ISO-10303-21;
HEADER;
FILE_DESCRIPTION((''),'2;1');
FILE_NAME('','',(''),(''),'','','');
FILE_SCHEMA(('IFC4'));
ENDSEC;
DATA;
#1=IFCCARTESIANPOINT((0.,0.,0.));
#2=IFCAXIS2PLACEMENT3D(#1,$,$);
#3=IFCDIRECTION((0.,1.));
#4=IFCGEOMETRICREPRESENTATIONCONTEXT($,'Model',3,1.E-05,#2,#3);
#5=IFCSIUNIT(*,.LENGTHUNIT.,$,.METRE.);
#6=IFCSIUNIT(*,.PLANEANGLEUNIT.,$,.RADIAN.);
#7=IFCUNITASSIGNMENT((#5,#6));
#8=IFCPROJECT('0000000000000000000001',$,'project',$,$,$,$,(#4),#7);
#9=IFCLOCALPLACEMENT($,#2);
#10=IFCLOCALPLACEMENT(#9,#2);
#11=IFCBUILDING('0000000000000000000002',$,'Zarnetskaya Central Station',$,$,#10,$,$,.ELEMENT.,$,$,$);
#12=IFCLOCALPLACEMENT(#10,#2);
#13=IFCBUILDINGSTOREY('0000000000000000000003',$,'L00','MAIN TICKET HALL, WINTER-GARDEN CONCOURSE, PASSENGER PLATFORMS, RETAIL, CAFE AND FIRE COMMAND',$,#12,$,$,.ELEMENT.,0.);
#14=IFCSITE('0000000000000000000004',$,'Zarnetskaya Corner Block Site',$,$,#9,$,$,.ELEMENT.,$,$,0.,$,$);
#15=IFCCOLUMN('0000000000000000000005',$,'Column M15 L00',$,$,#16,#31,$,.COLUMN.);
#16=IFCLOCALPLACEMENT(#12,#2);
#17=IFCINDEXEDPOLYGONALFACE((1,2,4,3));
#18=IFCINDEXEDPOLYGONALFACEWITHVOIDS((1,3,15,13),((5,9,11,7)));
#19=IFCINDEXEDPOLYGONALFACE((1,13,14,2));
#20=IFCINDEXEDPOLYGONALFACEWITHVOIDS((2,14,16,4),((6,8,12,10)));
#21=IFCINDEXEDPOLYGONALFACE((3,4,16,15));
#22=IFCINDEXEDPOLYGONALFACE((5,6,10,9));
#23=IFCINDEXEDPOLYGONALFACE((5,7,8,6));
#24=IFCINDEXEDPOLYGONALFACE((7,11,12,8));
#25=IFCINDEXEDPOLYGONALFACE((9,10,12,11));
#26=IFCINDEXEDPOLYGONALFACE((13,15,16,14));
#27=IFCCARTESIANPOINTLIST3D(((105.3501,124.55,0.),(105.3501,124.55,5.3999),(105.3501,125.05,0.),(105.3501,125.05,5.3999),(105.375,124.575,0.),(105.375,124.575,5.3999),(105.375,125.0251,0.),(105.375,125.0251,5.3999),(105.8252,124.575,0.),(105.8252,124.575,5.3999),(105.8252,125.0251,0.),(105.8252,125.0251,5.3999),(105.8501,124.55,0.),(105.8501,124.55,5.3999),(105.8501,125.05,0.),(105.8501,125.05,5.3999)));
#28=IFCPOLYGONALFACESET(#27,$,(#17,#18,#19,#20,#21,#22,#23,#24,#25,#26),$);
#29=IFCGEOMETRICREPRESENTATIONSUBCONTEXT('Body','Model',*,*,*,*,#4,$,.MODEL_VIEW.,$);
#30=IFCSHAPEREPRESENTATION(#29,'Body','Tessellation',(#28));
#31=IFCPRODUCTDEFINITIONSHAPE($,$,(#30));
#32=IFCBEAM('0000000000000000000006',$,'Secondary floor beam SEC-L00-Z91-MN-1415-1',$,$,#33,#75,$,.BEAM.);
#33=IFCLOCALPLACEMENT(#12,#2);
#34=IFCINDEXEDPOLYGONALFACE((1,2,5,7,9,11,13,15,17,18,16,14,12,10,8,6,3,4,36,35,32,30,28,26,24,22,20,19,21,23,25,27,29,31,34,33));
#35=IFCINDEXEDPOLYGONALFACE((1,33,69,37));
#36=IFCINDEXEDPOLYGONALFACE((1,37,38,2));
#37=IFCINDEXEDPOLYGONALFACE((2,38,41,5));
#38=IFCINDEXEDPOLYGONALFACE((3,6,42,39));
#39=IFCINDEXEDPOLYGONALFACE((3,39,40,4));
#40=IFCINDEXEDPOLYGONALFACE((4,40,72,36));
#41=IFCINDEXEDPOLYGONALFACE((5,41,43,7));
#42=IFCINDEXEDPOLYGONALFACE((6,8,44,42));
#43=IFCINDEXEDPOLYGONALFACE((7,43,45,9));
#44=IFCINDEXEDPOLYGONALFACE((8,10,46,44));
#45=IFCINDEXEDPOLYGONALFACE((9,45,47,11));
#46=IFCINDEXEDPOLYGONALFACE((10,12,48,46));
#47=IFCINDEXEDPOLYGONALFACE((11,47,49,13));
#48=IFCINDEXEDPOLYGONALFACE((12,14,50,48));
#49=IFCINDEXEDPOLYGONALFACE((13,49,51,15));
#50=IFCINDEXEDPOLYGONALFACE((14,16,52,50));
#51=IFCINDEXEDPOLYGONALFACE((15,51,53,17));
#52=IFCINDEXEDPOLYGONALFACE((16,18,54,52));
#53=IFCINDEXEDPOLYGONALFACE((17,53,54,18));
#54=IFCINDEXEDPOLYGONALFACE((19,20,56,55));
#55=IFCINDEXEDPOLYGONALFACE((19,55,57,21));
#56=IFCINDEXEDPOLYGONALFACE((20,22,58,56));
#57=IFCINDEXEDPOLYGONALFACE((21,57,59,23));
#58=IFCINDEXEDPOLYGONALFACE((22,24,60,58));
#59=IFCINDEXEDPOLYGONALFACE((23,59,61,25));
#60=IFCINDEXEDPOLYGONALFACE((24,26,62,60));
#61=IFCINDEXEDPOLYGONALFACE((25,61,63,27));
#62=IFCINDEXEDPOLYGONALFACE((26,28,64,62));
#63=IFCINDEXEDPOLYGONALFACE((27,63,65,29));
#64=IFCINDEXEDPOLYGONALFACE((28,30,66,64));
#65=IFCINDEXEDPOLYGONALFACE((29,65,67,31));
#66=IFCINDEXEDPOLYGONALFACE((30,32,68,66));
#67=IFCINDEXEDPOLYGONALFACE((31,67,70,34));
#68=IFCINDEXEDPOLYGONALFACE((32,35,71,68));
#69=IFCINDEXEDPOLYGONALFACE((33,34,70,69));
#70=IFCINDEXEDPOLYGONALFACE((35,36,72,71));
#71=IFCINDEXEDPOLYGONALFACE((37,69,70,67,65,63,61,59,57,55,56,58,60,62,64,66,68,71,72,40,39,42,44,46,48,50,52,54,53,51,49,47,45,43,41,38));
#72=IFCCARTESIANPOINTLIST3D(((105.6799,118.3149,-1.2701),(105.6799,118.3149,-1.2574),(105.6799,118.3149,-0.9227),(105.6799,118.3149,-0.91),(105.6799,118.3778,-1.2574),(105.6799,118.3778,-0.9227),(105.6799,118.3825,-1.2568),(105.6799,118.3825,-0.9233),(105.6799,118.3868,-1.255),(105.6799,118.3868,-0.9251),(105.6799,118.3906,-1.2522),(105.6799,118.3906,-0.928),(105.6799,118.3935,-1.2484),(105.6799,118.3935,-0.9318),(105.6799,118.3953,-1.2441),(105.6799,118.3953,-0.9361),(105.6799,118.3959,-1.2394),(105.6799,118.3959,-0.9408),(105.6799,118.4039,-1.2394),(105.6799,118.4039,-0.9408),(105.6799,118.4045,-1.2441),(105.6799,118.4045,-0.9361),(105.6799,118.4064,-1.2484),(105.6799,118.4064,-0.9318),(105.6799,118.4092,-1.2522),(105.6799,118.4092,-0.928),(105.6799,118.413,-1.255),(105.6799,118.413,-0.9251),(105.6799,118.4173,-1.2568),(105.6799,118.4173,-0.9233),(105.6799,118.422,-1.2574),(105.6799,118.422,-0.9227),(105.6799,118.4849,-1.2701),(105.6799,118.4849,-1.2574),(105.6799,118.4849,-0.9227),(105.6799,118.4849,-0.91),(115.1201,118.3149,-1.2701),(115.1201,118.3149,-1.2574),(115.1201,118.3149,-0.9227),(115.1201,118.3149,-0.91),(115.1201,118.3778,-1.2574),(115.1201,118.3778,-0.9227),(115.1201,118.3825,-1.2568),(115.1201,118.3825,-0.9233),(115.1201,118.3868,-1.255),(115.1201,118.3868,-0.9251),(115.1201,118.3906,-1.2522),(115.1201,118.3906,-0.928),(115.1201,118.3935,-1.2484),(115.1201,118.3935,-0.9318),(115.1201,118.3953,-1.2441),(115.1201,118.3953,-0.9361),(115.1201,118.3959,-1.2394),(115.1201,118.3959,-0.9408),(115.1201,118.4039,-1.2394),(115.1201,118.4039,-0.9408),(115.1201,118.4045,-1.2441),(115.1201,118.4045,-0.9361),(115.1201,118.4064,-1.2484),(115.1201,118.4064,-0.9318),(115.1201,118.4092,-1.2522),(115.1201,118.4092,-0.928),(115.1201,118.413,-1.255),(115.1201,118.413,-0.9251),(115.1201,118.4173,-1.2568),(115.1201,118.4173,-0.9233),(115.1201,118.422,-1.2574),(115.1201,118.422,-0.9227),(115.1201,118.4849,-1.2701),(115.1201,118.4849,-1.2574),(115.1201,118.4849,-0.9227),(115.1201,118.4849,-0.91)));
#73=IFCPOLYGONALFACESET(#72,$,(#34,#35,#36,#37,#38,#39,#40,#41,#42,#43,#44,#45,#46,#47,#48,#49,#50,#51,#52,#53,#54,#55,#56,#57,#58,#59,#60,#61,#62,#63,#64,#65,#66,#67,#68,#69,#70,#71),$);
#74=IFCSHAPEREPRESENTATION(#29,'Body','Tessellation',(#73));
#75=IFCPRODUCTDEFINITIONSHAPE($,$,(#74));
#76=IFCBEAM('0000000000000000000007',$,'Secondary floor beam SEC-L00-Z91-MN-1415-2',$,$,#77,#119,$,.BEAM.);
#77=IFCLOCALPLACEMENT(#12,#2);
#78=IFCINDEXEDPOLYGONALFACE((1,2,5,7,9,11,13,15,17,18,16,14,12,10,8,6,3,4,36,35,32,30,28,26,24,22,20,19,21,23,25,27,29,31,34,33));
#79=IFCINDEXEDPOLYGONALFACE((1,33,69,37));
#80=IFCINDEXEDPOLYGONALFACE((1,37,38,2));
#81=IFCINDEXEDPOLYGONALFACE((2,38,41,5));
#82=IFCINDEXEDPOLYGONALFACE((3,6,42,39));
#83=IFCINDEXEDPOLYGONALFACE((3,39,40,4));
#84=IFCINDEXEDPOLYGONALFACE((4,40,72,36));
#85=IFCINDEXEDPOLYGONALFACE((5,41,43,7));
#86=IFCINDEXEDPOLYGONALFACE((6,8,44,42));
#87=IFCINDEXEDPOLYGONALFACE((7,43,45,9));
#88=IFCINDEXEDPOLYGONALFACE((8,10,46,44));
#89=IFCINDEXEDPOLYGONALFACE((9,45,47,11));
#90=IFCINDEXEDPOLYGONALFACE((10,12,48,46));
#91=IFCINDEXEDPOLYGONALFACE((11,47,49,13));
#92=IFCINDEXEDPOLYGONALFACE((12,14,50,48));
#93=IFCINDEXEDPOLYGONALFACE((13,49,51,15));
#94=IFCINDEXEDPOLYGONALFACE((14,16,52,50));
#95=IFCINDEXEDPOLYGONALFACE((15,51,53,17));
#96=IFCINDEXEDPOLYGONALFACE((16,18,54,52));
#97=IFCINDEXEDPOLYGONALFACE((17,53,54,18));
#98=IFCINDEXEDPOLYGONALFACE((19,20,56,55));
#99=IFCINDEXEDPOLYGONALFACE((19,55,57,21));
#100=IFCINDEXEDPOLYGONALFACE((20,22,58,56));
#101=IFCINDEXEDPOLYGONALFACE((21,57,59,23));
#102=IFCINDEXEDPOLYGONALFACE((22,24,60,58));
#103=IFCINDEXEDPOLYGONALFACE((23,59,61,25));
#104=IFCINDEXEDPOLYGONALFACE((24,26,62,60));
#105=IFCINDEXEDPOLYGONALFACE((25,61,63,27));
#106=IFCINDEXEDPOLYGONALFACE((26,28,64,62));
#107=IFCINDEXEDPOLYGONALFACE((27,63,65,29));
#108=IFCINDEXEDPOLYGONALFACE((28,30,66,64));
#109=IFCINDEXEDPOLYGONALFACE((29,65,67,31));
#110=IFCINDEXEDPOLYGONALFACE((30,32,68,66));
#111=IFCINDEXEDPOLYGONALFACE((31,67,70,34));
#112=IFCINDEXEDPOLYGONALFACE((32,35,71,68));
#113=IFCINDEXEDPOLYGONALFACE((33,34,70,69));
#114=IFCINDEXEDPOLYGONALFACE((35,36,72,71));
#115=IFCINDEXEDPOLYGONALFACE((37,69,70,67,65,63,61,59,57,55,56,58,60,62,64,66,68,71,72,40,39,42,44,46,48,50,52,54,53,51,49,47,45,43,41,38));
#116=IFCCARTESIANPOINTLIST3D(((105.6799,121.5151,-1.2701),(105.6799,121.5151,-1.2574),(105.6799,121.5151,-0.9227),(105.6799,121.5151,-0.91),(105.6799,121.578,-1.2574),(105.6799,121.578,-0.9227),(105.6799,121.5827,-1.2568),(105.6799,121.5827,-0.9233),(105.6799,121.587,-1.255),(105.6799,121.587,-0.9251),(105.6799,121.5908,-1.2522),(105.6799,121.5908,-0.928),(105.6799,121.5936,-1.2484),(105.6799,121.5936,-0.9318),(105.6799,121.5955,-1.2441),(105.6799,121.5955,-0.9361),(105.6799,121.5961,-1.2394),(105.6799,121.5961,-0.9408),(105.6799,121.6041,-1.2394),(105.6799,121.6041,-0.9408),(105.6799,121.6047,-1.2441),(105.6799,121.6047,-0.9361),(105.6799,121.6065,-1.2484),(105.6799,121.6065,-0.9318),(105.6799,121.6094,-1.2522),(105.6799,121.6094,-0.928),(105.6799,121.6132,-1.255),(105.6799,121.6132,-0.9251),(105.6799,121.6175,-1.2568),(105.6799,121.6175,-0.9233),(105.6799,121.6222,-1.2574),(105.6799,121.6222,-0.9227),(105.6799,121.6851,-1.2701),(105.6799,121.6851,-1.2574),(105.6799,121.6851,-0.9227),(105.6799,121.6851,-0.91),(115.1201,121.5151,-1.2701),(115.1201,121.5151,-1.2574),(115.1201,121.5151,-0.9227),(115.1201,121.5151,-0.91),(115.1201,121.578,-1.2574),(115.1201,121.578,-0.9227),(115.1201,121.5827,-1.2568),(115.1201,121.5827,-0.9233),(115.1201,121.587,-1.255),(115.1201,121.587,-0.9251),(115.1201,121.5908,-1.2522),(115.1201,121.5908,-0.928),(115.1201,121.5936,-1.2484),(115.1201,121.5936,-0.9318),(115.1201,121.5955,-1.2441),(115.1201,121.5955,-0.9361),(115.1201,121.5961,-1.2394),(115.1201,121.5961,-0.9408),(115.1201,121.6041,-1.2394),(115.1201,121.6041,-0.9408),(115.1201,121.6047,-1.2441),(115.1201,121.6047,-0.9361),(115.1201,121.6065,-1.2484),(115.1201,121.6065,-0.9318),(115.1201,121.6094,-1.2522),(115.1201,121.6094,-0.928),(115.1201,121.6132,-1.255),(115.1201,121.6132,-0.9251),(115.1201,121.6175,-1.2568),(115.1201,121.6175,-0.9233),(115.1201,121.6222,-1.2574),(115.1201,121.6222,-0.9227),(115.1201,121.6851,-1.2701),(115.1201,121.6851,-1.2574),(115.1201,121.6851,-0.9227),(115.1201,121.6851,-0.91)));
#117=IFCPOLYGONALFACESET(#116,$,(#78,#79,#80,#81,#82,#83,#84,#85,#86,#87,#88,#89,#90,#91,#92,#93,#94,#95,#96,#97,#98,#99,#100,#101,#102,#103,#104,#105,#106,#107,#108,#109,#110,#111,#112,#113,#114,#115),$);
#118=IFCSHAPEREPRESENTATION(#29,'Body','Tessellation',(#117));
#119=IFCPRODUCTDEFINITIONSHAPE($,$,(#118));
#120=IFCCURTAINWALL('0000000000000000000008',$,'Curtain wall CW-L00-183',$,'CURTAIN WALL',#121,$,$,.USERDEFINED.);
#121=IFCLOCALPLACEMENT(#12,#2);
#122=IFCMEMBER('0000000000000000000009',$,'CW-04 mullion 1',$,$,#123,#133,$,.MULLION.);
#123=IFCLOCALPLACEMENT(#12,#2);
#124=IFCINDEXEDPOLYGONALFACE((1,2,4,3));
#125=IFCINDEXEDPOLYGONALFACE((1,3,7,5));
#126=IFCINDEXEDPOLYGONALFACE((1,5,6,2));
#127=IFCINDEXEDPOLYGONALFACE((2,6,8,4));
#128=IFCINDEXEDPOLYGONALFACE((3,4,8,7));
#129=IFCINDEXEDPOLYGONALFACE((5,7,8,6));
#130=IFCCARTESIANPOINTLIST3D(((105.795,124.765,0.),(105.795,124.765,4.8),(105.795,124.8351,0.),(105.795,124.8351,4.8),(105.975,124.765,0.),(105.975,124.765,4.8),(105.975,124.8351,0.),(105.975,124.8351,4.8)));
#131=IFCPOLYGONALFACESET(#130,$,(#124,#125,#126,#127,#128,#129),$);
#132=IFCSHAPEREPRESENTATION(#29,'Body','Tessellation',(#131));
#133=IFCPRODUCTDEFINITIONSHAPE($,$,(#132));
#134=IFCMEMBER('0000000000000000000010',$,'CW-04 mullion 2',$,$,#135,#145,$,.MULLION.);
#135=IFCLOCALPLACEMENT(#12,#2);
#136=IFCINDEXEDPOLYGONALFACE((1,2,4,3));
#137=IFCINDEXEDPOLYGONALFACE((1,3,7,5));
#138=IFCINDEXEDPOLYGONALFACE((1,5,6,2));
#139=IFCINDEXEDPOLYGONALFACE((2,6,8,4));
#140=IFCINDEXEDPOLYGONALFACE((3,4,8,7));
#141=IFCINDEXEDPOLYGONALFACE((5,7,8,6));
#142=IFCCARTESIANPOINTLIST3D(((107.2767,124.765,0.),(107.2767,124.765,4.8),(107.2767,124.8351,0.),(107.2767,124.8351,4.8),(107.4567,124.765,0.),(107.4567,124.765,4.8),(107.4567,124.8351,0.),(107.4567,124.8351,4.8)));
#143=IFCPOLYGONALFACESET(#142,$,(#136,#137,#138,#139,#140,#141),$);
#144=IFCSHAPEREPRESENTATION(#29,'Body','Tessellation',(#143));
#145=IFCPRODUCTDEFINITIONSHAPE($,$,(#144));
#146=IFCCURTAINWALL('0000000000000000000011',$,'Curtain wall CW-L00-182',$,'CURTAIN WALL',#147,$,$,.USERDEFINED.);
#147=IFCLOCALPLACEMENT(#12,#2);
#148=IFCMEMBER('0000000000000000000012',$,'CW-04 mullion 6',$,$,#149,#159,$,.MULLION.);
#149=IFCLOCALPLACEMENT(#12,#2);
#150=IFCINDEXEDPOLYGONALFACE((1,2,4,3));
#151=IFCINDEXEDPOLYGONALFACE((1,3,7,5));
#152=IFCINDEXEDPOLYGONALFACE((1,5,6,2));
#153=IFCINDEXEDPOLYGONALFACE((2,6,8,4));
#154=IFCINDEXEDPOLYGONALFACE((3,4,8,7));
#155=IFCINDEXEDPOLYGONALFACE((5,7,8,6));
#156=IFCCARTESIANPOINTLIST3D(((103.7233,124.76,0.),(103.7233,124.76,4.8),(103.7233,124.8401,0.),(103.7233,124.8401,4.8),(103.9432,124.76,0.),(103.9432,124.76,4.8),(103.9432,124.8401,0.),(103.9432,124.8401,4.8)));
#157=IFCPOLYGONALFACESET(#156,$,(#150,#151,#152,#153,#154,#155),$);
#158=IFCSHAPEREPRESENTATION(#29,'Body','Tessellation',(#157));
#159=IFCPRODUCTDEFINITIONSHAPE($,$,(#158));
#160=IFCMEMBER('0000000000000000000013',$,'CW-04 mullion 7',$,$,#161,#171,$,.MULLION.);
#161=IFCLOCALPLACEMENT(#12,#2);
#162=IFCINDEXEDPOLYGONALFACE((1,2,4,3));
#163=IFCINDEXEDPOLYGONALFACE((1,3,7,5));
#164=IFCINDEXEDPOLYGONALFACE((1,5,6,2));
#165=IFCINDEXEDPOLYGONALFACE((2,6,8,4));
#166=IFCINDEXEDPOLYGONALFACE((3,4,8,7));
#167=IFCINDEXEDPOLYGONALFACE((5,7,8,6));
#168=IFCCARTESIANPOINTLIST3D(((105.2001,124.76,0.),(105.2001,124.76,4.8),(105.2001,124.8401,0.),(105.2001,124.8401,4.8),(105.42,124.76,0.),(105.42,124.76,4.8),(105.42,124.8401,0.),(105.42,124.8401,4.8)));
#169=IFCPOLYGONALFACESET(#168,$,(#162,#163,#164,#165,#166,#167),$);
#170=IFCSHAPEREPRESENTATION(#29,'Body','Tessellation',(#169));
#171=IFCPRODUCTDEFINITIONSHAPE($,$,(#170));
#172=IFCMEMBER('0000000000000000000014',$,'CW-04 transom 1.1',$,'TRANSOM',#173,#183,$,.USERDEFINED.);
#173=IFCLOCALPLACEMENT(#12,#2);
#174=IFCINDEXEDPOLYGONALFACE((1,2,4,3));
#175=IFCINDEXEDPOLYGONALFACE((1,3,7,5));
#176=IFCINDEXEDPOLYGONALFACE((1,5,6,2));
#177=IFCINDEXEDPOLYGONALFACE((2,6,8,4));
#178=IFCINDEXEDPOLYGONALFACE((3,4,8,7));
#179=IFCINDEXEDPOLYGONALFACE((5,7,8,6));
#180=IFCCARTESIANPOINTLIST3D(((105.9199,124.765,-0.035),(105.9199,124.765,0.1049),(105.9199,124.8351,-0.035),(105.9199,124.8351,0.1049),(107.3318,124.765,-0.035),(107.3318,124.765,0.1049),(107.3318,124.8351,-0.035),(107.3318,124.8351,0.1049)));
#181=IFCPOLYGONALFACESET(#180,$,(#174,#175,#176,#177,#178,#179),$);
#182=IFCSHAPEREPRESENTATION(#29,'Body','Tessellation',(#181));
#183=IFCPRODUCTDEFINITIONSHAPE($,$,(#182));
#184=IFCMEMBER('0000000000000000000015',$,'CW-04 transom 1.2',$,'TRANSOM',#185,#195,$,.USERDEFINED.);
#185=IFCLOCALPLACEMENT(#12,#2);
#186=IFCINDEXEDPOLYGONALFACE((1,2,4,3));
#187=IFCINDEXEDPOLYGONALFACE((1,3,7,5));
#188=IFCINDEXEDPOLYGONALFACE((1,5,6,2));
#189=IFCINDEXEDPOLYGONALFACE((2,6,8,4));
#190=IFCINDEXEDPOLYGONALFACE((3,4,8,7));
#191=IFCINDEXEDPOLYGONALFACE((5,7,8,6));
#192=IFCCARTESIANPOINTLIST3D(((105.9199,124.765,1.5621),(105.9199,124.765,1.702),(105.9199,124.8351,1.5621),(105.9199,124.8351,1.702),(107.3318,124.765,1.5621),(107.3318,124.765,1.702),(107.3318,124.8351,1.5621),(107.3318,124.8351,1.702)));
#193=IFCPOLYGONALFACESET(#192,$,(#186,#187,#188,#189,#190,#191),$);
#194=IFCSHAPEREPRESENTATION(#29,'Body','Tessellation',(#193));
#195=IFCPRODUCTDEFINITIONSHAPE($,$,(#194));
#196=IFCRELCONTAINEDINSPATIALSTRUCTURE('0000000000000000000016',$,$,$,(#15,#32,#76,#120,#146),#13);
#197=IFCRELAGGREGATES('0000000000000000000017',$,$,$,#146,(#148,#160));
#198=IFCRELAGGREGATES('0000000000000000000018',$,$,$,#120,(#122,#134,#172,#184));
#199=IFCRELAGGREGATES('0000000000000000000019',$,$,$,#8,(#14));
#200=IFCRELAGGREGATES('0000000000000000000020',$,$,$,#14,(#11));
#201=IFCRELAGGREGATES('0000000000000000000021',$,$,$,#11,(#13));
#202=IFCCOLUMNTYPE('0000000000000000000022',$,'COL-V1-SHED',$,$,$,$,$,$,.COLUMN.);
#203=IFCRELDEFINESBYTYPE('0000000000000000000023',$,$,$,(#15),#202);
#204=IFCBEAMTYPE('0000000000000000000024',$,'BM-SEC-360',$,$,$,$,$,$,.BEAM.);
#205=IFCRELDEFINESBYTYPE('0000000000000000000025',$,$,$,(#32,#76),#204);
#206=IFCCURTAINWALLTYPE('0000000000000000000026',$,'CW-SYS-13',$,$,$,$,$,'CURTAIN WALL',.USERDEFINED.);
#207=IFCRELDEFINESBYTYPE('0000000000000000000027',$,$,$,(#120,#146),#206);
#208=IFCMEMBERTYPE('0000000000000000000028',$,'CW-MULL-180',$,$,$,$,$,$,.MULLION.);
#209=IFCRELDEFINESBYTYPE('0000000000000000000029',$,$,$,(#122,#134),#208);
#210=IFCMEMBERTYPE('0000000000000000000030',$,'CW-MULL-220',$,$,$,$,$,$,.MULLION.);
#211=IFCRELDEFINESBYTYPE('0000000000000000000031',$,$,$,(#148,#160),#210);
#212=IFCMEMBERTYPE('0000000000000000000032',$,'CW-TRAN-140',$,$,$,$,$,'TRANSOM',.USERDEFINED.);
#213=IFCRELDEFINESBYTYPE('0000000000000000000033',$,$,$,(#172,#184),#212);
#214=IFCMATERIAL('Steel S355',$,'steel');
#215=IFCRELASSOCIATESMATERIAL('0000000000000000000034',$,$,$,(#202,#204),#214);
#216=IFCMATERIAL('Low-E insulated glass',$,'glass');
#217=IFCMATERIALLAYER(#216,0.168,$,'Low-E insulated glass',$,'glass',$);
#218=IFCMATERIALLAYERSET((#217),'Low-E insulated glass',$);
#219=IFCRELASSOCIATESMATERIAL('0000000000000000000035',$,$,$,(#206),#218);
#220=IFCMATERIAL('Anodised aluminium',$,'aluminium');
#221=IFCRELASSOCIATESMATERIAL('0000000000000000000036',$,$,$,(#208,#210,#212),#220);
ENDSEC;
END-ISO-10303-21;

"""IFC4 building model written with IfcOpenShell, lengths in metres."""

from ifc_helpers import new_model, si_unit, direction, frame, origin, origin_2d, place, context, subcontext, project, spatial, rectangle, hollow_rectangle, i_section, extrude, material, layer, layer_set, material_profile, profile_set, type_object, element, aggregate, save


model = new_model("IFC4")

# Units and contexts
model_context = context("Model", 3, precision=1e-05, world=origin(), true_north=direction((0.0, 1.0)))
body_context = subcontext(model_context, "Body", "Model", "MODEL_VIEW")
ifc_project = project(units=[si_unit("LENGTHUNIT", "METRE"), si_unit("PLANEANGLEUNIT", "RADIAN")], contexts=[model_context])

# Site, building, storey
site_placement = place(None, origin())
site = spatial("IfcSite", under=ifc_project, at=site_placement, Name="Zarnetskaya Corner Block Site", CompositionType="ELEMENT", RefElevation=0.0)
building_placement = place(site_placement, origin())
building = spatial("IfcBuilding", under=site, at=building_placement, Name="Zarnetskaya Central Station", CompositionType="ELEMENT")
storey_placement = place(building_placement, origin())
storey = spatial("IfcBuildingStorey", under=building, at=storey_placement, Name="L00", Description="MAIN TICKET HALL, WINTER-GARDEN CONCOURSE, PASSENGER PLATFORMS, RETAIL, CAFE AND FIRE COMMAND", CompositionType="ELEMENT", Elevation=0.0)

# Column
ifc_material_1 = material(Name="Steel S355", Category="steel")
ifc_material_profile_1 = material_profile(ifc_material_1, hollow_rectangle(XDim=0.5, YDim=0.5, WallThickness=0.0249, at=origin_2d()), Name="BOX 500x500x25")
ifc_profile_set_1 = profile_set([ifc_material_profile_1], Name="Steel S355")
column_type = type_object("IfcColumnType", Name="COL-V1-SHED", PredefinedType="COLUMN", material=ifc_profile_set_1)
column_placement = place(storey_placement, frame((105.6001, 124.8, 0.0), z_axis=(0.0, 0.0, 1.0), x_axis=(1.0, 0.0, 0.0)))
element("IfcColumn", 1, at=column_placement, inside=storey, type_object=column_type, Name="Column M15 L00", PredefinedType="COLUMN", context=body_context, shape_type="SweptSolid", body=[
    extrude(hollow_rectangle(XDim=0.5, YDim=0.5, WallThickness=0.0249, at=origin_2d()), origin(), (0.0, 0.0, 1.0), 5.3999),
])

# Beams
ifc_material_profile_2 = material_profile(ifc_material_1, i_section(OverallWidth=0.1699, OverallDepth=0.3601, WebThickness=0.0081, FlangeThickness=0.0127, FilletRadius=0.0181, at=origin_2d()), Name="IPE 360")
ifc_profile_set_2 = profile_set([ifc_material_profile_2], Name="Steel S355")
beam_type = type_object("IfcBeamType", Name="BM-SEC-360", PredefinedType="BEAM", material=ifc_profile_set_2)
for number, where, z_axis, x_axis, name in (
    (2, (105.6799, 118.3999, -1.0901), (1.0, 0.0, 0.0), (0.0, 1.0, 0.0), "Secondary floor beam SEC-L00-Z91-MN-1415-1"),
    (3, (105.6799, 121.6001, -1.0901), (1.0, 0.0, 0.0), (0.0, 1.0, 0.0), "Secondary floor beam SEC-L00-Z91-MN-1415-2"),
):
    element("IfcBeam", number, at=place(storey_placement, frame(where, z_axis=z_axis, x_axis=x_axis)), inside=storey, type_object=beam_type, Name=name, PredefinedType="BEAM", context=body_context, shape_type="SweptSolid", body=[
        extrude(i_section(OverallWidth=0.1699, OverallDepth=0.3601, WebThickness=0.0081, FlangeThickness=0.0127, FilletRadius=0.0181, at=origin_2d()), origin(), (0.0, 0.0, 1.0), 9.4402),
    ])

# Curtain walls, members
ifc_material_2 = material(Name="Low-E insulated glass", Category="glass")
ifc_layer_1 = layer(ifc_material_2, 0.168, Name="Low-E insulated glass", Category="glass")
ifc_layer_set_1 = layer_set([ifc_layer_1], Name="Low-E insulated glass")
curtain_wall_type = type_object("IfcCurtainWallType", Name="CW-SYS-13", ElementType="CURTAIN WALL", PredefinedType="USERDEFINED", material=ifc_layer_set_1)
curtain_wall_1_placement = place(storey_placement, origin())
curtain_wall_1 = element("IfcCurtainWall", 4, at=curtain_wall_1_placement, inside=storey, type_object=curtain_wall_type, Name="Curtain wall CW-L00-183", ObjectType="CURTAIN WALL", PredefinedType="USERDEFINED")
ifc_material_3 = material(Name="Anodised aluminium", Category="aluminium")
ifc_material_profile_3 = material_profile(ifc_material_3, rectangle(XDim=0.0701, YDim=0.1799, at=origin_2d()), Name="ALU MULL 70x180")
ifc_profile_set_3 = profile_set([ifc_material_profile_3], Name="Anodised aluminium")
member_type_1 = type_object("IfcMemberType", Name="CW-MULL-180", PredefinedType="MULLION", material=ifc_profile_set_3)
member_1_placement = place(storey_placement, frame((105.885, 124.8, 0.0), z_axis=(0.0, 0.0, 1.0), x_axis=(0.0, 1.0, 0.0)))
member_1 = element("IfcMember", 5, at=member_1_placement, type_object=member_type_1, Name="CW-04 mullion 1", PredefinedType="MULLION", context=body_context, shape_type="SweptSolid", body=[
    extrude(rectangle(XDim=0.0701, YDim=0.1799, at=origin_2d()), origin(), (0.0, 0.0, 1.0), 4.8),
])
member_2_placement = place(storey_placement, frame((107.3667, 124.8, 0.0), z_axis=(0.0, 0.0, 1.0), x_axis=(0.0, 1.0, 0.0)))
member_2 = element("IfcMember", 6, at=member_2_placement, type_object=member_type_1, Name="CW-04 mullion 2", PredefinedType="MULLION", context=body_context, shape_type="SweptSolid", body=[
    extrude(rectangle(XDim=0.0701, YDim=0.1799, at=origin_2d()), origin(), (0.0, 0.0, 1.0), 4.8),
])
curtain_wall_2_placement = place(storey_placement, origin())
curtain_wall_2 = element("IfcCurtainWall", 7, at=curtain_wall_2_placement, inside=storey, type_object=curtain_wall_type, Name="Curtain wall CW-L00-182", ObjectType="CURTAIN WALL", PredefinedType="USERDEFINED")
ifc_material_profile_4 = material_profile(ifc_material_3, rectangle(XDim=0.0801, YDim=0.22, at=origin_2d()), Name="ALU MULL 80x220")
ifc_profile_set_4 = profile_set([ifc_material_profile_4], Name="Anodised aluminium")
member_type_2 = type_object("IfcMemberType", Name="CW-MULL-220", PredefinedType="MULLION", material=ifc_profile_set_4)
member_3_placement = place(storey_placement, frame((103.8333, 124.8, 0.0), z_axis=(0.0, 0.0, 1.0), x_axis=(0.0, 1.0, 0.0)))
member_3 = element("IfcMember", 8, at=member_3_placement, type_object=member_type_2, Name="CW-04 mullion 6", PredefinedType="MULLION", context=body_context, shape_type="SweptSolid", body=[
    extrude(rectangle(XDim=0.0801, YDim=0.22, at=origin_2d()), origin(), (0.0, 0.0, 1.0), 4.8),
])
member_4_placement = place(storey_placement, frame((105.3101, 124.8, 0.0), z_axis=(0.0, 0.0, 1.0), x_axis=(0.0, 1.0, 0.0)))
member_4 = element("IfcMember", 9, at=member_4_placement, type_object=member_type_2, Name="CW-04 mullion 7", PredefinedType="MULLION", context=body_context, shape_type="SweptSolid", body=[
    extrude(rectangle(XDim=0.0801, YDim=0.22, at=origin_2d()), origin(), (0.0, 0.0, 1.0), 4.8),
])

# Members
ifc_material_profile_5 = material_profile(ifc_material_3, rectangle(XDim=0.0701, YDim=0.1399, at=origin_2d()), Name="ALU TRAN 70x140")
ifc_profile_set_5 = profile_set([ifc_material_profile_5], Name="Anodised aluminium")
member_type_3 = type_object("IfcMemberType", Name="CW-TRAN-140", ElementType="TRANSOM", PredefinedType="USERDEFINED", material=ifc_profile_set_5)
member_5_placement = place(storey_placement, frame((105.9199, 124.8, 0.0349), z_axis=(1.0, 0.0, 0.0), x_axis=(0.0, 1.0, 0.0)))
member_5 = element("IfcMember", 10, at=member_5_placement, type_object=member_type_3, Name="CW-04 transom 1.1", ObjectType="TRANSOM", PredefinedType="USERDEFINED", context=body_context, shape_type="SweptSolid", body=[
    extrude(rectangle(XDim=0.0701, YDim=0.1399, at=origin_2d()), origin(), (0.0, 0.0, 1.0), 1.4119),
])
member_6_placement = place(storey_placement, frame((105.9199, 124.8, 1.6321), z_axis=(1.0, 0.0, 0.0), x_axis=(0.0, 1.0, 0.0)))
member_6 = element("IfcMember", 11, at=member_6_placement, type_object=member_type_3, Name="CW-04 transom 1.2", ObjectType="TRANSOM", PredefinedType="USERDEFINED", context=body_context, shape_type="SweptSolid", body=[
    extrude(rectangle(XDim=0.0701, YDim=0.1399, at=origin_2d()), origin(), (0.0, 0.0, 1.0), 1.4119),
])

aggregate(curtain_wall_2, [member_3, member_4])
aggregate(curtain_wall_1, [member_1, member_2, member_5, member_6])

save(model, "model.ifc")
